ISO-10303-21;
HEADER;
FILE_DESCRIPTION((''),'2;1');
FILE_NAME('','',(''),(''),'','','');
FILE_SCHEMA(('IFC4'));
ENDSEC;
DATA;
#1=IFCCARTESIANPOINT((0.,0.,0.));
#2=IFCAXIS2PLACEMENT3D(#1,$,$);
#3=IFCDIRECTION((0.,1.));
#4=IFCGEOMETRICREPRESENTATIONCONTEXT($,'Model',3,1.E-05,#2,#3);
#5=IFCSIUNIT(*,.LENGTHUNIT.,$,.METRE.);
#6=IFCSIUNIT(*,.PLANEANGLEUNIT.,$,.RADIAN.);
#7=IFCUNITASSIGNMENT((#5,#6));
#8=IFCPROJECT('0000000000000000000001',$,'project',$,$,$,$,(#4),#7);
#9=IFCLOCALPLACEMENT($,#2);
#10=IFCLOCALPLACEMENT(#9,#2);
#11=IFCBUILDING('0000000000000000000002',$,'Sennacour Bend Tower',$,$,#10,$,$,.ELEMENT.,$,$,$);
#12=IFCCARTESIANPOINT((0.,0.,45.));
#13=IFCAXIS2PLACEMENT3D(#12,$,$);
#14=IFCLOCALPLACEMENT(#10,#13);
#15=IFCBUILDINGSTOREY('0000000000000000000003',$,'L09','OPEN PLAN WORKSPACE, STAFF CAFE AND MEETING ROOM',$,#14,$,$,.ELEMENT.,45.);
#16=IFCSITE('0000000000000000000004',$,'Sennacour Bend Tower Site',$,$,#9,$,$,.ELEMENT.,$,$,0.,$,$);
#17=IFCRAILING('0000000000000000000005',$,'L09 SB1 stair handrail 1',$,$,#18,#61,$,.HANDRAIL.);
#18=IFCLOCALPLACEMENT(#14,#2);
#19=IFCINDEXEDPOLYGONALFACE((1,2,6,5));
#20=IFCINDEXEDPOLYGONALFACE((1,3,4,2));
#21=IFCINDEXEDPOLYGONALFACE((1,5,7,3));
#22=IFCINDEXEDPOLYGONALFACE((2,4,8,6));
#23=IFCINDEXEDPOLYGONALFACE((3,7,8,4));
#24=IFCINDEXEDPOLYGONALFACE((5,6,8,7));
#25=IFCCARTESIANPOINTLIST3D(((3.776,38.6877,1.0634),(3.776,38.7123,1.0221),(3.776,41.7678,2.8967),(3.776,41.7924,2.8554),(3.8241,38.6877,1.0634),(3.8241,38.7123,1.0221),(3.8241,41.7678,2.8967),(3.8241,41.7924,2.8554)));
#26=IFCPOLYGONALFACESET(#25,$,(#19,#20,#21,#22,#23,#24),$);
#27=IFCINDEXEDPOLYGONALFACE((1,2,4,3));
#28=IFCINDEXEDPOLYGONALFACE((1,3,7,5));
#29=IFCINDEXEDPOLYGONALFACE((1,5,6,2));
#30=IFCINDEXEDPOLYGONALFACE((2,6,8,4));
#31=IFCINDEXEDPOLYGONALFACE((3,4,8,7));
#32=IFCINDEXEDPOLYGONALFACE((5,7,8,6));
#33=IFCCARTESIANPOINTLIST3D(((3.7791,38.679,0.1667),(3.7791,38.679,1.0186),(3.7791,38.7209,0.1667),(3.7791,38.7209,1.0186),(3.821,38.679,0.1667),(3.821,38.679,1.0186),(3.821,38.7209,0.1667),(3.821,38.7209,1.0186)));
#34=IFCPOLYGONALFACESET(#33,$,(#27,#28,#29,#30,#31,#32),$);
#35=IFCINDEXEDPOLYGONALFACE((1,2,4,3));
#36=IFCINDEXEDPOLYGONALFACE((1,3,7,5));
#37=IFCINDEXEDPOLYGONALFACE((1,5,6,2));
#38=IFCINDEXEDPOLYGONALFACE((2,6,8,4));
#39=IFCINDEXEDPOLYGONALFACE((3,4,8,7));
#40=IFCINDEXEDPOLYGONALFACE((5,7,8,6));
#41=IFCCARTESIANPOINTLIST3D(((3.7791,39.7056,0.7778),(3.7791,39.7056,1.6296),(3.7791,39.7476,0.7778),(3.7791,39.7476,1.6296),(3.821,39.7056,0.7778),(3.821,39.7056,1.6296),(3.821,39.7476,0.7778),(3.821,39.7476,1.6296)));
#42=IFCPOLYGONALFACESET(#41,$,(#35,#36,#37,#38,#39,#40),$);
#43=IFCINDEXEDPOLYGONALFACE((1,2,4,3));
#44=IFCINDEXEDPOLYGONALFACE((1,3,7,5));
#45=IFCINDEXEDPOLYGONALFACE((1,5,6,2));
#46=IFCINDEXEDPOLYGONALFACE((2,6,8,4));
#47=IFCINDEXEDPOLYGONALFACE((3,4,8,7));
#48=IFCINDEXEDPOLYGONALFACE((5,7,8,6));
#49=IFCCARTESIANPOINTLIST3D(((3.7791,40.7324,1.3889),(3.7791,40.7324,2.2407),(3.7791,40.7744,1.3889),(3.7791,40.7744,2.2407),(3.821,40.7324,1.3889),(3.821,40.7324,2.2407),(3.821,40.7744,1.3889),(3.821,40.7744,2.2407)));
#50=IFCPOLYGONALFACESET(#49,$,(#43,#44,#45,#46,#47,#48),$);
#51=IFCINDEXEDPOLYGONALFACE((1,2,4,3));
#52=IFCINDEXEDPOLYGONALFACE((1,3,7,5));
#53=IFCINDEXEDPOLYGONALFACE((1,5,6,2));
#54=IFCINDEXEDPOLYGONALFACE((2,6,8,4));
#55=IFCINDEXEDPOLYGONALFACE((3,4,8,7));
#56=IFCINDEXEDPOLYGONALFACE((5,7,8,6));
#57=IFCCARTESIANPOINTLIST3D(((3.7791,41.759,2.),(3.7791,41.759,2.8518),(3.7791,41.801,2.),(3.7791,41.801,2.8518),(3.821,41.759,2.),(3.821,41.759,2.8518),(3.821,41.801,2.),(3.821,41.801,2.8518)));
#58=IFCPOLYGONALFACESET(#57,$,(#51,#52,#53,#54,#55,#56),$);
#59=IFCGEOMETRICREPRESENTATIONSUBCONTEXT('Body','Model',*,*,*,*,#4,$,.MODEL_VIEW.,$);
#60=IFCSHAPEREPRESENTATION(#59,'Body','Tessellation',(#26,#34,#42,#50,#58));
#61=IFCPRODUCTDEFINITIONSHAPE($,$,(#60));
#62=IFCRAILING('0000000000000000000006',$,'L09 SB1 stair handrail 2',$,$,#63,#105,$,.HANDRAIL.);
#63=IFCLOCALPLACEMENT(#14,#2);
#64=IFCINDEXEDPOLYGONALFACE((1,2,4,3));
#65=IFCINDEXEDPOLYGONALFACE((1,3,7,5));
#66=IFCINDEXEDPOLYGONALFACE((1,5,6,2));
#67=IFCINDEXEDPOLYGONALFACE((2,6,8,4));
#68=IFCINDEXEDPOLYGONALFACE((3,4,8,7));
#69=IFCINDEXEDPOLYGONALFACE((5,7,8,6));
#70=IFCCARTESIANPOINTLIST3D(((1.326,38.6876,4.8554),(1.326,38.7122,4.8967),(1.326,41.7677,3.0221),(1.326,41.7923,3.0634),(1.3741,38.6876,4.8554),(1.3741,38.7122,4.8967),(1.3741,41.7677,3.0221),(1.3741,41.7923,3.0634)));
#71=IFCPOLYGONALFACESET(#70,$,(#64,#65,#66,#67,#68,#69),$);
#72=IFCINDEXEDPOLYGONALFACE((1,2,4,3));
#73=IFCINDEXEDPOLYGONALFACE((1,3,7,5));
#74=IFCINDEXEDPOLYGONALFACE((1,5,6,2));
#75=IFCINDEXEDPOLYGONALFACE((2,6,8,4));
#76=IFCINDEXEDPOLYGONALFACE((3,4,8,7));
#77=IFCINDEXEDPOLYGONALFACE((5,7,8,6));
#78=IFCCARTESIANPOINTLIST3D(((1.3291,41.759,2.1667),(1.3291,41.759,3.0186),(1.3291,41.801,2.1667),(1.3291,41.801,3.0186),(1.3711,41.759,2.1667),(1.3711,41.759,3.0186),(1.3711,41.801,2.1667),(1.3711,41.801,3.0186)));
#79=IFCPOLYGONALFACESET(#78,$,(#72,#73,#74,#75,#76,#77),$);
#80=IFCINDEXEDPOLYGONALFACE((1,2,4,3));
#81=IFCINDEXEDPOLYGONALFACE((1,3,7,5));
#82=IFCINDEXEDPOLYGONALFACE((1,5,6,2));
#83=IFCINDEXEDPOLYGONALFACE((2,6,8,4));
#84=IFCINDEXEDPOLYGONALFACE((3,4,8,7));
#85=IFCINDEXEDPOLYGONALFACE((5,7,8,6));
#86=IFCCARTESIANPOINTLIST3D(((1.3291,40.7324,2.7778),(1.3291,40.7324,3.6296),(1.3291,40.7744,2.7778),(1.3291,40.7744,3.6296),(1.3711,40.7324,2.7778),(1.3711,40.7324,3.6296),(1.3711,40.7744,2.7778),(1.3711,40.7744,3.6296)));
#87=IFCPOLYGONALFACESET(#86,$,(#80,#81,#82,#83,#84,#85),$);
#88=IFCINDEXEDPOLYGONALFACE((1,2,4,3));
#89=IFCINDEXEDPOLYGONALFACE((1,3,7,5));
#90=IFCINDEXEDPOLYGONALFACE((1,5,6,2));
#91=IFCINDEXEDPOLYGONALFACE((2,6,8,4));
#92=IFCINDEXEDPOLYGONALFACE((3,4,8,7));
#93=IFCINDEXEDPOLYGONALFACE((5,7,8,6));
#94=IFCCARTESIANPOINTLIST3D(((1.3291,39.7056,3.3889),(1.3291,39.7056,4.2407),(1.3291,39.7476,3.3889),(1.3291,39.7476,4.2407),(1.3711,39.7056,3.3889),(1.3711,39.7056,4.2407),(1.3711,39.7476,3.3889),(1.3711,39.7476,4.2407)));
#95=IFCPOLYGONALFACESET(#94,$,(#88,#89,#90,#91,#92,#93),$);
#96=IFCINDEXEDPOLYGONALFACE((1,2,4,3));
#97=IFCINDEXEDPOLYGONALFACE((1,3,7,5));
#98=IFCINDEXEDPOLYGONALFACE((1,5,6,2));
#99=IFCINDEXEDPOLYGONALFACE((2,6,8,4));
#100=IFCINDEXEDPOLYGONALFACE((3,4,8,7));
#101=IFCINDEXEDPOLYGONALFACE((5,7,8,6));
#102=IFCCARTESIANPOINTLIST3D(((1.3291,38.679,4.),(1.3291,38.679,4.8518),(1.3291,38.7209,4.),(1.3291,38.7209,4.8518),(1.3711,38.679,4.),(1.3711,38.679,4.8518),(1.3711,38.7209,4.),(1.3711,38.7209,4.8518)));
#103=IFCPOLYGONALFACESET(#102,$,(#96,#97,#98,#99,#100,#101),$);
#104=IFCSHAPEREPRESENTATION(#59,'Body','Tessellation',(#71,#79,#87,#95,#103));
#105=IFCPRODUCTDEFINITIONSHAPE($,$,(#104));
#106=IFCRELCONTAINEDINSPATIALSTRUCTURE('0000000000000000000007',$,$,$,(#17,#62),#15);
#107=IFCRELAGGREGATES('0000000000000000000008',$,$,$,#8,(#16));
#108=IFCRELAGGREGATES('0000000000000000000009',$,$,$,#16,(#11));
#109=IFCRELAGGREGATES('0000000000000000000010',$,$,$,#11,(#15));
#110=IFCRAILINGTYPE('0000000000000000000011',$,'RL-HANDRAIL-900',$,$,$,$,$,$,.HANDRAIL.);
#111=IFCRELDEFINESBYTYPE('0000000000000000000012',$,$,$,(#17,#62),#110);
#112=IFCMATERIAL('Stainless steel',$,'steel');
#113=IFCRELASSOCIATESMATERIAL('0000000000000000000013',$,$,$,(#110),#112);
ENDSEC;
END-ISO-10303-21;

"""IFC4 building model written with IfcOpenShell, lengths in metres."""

from ifc_helpers import new_model, si_unit, direction, frame, origin, origin_2d, place, context, subcontext, project, spatial, rectangle, extrude, material, type_object, element, save


model = new_model("IFC4")

# Units and contexts
model_context = context("Model", 3, precision=1e-05, world=origin(), true_north=direction((0.0, 1.0)))
body_context = subcontext(model_context, "Body", "Model", "MODEL_VIEW")
ifc_project = project(units=[si_unit("LENGTHUNIT", "METRE"), si_unit("PLANEANGLEUNIT", "RADIAN")], contexts=[model_context])

# Site, building, storey
site_placement = place(None, origin())
site = spatial("IfcSite", under=ifc_project, at=site_placement, Name="Sennacour Bend Tower Site", CompositionType="ELEMENT", RefElevation=0.0)
building_placement = place(site_placement, origin())
building = spatial("IfcBuilding", under=site, at=building_placement, Name="Sennacour Bend Tower", CompositionType="ELEMENT")
storey_placement = place(building_placement, frame((0.0, 0.0, 45.0)))
storey = spatial("IfcBuildingStorey", under=building, at=storey_placement, Name="L09", Description="OPEN PLAN WORKSPACE, STAFF CAFE AND MEETING ROOM", CompositionType="ELEMENT", Elevation=45.0)

# Railings
ifc_material_1 = material(Name="Stainless steel", Category="steel")
railing_type_1 = type_object("IfcRailingType", Name="RL-HANDRAIL-900", PredefinedType="HANDRAIL", material=ifc_material_1)
railing_1_placement = place(storey_placement, frame((3.8, 38.7, 0.1667)))
element("IfcRailing", 1, at=railing_1_placement, inside=storey, type_object=railing_type_1, Name="L09 SB1 stair handrail 1", PredefinedType="HANDRAIL", context=body_context, shape_type="SweptSolid", body=[
    extrude(rectangle(XDim=0.0481, YDim=0.0481, at=origin_2d()), frame((0.0, 0.0, 0.876), z_axis=(0.0, 0.859309, 0.511458), x_axis=(-1.0, 0.0, 0.0)), (0.0, 0.0, 1.0), 3.5845),
    extrude(rectangle(XDim=0.042, YDim=0.042, at=origin_2d()), origin(), (0.0, 0.0, 1.0), 0.8518),
    extrude(rectangle(XDim=0.042, YDim=0.042, at=origin_2d()), frame((0.0, 1.0266, 0.6111)), (0.0, 0.0, 1.0), 0.8518),
    extrude(rectangle(XDim=0.042, YDim=0.042, at=origin_2d()), frame((0.0, 2.0535, 1.2222)), (0.0, 0.0, 1.0), 0.8518),
    extrude(rectangle(XDim=0.042, YDim=0.042, at=origin_2d()), frame((0.0, 3.0801, 1.8333)), (0.0, 0.0, 1.0), 0.8518),
])
railing_2_placement = place(storey_placement, frame((1.3501, 41.78, 2.1667)))
element("IfcRailing", 2, at=railing_2_placement, inside=storey, type_object=railing_type_1, Name="L09 SB1 stair handrail 2", PredefinedType="HANDRAIL", context=body_context, shape_type="SweptSolid", body=[
    extrude(rectangle(XDim=0.0481, YDim=0.0481, at=origin_2d()), frame((0.0, 0.0, 0.876), z_axis=(0.0, -0.859309, 0.511458), x_axis=(1.0, 0.0, 0.0)), (0.0, 0.0, 1.0), 3.5845),
    extrude(rectangle(XDim=0.042, YDim=0.042, at=origin_2d()), origin(), (0.0, 0.0, 1.0), 0.8518),
    extrude(rectangle(XDim=0.042, YDim=0.042, at=origin_2d()), frame((0.0, -1.0266, 0.6111)), (0.0, 0.0, 1.0), 0.8518),
    extrude(rectangle(XDim=0.042, YDim=0.042, at=origin_2d()), frame((0.0, -2.0535, 1.2222)), (0.0, 0.0, 1.0), 0.8518),
    extrude(rectangle(XDim=0.042, YDim=0.042, at=origin_2d()), frame((0.0, -3.0801, 1.8333)), (0.0, 0.0, 1.0), 0.8518),
])

save(model, "model.ifc")
